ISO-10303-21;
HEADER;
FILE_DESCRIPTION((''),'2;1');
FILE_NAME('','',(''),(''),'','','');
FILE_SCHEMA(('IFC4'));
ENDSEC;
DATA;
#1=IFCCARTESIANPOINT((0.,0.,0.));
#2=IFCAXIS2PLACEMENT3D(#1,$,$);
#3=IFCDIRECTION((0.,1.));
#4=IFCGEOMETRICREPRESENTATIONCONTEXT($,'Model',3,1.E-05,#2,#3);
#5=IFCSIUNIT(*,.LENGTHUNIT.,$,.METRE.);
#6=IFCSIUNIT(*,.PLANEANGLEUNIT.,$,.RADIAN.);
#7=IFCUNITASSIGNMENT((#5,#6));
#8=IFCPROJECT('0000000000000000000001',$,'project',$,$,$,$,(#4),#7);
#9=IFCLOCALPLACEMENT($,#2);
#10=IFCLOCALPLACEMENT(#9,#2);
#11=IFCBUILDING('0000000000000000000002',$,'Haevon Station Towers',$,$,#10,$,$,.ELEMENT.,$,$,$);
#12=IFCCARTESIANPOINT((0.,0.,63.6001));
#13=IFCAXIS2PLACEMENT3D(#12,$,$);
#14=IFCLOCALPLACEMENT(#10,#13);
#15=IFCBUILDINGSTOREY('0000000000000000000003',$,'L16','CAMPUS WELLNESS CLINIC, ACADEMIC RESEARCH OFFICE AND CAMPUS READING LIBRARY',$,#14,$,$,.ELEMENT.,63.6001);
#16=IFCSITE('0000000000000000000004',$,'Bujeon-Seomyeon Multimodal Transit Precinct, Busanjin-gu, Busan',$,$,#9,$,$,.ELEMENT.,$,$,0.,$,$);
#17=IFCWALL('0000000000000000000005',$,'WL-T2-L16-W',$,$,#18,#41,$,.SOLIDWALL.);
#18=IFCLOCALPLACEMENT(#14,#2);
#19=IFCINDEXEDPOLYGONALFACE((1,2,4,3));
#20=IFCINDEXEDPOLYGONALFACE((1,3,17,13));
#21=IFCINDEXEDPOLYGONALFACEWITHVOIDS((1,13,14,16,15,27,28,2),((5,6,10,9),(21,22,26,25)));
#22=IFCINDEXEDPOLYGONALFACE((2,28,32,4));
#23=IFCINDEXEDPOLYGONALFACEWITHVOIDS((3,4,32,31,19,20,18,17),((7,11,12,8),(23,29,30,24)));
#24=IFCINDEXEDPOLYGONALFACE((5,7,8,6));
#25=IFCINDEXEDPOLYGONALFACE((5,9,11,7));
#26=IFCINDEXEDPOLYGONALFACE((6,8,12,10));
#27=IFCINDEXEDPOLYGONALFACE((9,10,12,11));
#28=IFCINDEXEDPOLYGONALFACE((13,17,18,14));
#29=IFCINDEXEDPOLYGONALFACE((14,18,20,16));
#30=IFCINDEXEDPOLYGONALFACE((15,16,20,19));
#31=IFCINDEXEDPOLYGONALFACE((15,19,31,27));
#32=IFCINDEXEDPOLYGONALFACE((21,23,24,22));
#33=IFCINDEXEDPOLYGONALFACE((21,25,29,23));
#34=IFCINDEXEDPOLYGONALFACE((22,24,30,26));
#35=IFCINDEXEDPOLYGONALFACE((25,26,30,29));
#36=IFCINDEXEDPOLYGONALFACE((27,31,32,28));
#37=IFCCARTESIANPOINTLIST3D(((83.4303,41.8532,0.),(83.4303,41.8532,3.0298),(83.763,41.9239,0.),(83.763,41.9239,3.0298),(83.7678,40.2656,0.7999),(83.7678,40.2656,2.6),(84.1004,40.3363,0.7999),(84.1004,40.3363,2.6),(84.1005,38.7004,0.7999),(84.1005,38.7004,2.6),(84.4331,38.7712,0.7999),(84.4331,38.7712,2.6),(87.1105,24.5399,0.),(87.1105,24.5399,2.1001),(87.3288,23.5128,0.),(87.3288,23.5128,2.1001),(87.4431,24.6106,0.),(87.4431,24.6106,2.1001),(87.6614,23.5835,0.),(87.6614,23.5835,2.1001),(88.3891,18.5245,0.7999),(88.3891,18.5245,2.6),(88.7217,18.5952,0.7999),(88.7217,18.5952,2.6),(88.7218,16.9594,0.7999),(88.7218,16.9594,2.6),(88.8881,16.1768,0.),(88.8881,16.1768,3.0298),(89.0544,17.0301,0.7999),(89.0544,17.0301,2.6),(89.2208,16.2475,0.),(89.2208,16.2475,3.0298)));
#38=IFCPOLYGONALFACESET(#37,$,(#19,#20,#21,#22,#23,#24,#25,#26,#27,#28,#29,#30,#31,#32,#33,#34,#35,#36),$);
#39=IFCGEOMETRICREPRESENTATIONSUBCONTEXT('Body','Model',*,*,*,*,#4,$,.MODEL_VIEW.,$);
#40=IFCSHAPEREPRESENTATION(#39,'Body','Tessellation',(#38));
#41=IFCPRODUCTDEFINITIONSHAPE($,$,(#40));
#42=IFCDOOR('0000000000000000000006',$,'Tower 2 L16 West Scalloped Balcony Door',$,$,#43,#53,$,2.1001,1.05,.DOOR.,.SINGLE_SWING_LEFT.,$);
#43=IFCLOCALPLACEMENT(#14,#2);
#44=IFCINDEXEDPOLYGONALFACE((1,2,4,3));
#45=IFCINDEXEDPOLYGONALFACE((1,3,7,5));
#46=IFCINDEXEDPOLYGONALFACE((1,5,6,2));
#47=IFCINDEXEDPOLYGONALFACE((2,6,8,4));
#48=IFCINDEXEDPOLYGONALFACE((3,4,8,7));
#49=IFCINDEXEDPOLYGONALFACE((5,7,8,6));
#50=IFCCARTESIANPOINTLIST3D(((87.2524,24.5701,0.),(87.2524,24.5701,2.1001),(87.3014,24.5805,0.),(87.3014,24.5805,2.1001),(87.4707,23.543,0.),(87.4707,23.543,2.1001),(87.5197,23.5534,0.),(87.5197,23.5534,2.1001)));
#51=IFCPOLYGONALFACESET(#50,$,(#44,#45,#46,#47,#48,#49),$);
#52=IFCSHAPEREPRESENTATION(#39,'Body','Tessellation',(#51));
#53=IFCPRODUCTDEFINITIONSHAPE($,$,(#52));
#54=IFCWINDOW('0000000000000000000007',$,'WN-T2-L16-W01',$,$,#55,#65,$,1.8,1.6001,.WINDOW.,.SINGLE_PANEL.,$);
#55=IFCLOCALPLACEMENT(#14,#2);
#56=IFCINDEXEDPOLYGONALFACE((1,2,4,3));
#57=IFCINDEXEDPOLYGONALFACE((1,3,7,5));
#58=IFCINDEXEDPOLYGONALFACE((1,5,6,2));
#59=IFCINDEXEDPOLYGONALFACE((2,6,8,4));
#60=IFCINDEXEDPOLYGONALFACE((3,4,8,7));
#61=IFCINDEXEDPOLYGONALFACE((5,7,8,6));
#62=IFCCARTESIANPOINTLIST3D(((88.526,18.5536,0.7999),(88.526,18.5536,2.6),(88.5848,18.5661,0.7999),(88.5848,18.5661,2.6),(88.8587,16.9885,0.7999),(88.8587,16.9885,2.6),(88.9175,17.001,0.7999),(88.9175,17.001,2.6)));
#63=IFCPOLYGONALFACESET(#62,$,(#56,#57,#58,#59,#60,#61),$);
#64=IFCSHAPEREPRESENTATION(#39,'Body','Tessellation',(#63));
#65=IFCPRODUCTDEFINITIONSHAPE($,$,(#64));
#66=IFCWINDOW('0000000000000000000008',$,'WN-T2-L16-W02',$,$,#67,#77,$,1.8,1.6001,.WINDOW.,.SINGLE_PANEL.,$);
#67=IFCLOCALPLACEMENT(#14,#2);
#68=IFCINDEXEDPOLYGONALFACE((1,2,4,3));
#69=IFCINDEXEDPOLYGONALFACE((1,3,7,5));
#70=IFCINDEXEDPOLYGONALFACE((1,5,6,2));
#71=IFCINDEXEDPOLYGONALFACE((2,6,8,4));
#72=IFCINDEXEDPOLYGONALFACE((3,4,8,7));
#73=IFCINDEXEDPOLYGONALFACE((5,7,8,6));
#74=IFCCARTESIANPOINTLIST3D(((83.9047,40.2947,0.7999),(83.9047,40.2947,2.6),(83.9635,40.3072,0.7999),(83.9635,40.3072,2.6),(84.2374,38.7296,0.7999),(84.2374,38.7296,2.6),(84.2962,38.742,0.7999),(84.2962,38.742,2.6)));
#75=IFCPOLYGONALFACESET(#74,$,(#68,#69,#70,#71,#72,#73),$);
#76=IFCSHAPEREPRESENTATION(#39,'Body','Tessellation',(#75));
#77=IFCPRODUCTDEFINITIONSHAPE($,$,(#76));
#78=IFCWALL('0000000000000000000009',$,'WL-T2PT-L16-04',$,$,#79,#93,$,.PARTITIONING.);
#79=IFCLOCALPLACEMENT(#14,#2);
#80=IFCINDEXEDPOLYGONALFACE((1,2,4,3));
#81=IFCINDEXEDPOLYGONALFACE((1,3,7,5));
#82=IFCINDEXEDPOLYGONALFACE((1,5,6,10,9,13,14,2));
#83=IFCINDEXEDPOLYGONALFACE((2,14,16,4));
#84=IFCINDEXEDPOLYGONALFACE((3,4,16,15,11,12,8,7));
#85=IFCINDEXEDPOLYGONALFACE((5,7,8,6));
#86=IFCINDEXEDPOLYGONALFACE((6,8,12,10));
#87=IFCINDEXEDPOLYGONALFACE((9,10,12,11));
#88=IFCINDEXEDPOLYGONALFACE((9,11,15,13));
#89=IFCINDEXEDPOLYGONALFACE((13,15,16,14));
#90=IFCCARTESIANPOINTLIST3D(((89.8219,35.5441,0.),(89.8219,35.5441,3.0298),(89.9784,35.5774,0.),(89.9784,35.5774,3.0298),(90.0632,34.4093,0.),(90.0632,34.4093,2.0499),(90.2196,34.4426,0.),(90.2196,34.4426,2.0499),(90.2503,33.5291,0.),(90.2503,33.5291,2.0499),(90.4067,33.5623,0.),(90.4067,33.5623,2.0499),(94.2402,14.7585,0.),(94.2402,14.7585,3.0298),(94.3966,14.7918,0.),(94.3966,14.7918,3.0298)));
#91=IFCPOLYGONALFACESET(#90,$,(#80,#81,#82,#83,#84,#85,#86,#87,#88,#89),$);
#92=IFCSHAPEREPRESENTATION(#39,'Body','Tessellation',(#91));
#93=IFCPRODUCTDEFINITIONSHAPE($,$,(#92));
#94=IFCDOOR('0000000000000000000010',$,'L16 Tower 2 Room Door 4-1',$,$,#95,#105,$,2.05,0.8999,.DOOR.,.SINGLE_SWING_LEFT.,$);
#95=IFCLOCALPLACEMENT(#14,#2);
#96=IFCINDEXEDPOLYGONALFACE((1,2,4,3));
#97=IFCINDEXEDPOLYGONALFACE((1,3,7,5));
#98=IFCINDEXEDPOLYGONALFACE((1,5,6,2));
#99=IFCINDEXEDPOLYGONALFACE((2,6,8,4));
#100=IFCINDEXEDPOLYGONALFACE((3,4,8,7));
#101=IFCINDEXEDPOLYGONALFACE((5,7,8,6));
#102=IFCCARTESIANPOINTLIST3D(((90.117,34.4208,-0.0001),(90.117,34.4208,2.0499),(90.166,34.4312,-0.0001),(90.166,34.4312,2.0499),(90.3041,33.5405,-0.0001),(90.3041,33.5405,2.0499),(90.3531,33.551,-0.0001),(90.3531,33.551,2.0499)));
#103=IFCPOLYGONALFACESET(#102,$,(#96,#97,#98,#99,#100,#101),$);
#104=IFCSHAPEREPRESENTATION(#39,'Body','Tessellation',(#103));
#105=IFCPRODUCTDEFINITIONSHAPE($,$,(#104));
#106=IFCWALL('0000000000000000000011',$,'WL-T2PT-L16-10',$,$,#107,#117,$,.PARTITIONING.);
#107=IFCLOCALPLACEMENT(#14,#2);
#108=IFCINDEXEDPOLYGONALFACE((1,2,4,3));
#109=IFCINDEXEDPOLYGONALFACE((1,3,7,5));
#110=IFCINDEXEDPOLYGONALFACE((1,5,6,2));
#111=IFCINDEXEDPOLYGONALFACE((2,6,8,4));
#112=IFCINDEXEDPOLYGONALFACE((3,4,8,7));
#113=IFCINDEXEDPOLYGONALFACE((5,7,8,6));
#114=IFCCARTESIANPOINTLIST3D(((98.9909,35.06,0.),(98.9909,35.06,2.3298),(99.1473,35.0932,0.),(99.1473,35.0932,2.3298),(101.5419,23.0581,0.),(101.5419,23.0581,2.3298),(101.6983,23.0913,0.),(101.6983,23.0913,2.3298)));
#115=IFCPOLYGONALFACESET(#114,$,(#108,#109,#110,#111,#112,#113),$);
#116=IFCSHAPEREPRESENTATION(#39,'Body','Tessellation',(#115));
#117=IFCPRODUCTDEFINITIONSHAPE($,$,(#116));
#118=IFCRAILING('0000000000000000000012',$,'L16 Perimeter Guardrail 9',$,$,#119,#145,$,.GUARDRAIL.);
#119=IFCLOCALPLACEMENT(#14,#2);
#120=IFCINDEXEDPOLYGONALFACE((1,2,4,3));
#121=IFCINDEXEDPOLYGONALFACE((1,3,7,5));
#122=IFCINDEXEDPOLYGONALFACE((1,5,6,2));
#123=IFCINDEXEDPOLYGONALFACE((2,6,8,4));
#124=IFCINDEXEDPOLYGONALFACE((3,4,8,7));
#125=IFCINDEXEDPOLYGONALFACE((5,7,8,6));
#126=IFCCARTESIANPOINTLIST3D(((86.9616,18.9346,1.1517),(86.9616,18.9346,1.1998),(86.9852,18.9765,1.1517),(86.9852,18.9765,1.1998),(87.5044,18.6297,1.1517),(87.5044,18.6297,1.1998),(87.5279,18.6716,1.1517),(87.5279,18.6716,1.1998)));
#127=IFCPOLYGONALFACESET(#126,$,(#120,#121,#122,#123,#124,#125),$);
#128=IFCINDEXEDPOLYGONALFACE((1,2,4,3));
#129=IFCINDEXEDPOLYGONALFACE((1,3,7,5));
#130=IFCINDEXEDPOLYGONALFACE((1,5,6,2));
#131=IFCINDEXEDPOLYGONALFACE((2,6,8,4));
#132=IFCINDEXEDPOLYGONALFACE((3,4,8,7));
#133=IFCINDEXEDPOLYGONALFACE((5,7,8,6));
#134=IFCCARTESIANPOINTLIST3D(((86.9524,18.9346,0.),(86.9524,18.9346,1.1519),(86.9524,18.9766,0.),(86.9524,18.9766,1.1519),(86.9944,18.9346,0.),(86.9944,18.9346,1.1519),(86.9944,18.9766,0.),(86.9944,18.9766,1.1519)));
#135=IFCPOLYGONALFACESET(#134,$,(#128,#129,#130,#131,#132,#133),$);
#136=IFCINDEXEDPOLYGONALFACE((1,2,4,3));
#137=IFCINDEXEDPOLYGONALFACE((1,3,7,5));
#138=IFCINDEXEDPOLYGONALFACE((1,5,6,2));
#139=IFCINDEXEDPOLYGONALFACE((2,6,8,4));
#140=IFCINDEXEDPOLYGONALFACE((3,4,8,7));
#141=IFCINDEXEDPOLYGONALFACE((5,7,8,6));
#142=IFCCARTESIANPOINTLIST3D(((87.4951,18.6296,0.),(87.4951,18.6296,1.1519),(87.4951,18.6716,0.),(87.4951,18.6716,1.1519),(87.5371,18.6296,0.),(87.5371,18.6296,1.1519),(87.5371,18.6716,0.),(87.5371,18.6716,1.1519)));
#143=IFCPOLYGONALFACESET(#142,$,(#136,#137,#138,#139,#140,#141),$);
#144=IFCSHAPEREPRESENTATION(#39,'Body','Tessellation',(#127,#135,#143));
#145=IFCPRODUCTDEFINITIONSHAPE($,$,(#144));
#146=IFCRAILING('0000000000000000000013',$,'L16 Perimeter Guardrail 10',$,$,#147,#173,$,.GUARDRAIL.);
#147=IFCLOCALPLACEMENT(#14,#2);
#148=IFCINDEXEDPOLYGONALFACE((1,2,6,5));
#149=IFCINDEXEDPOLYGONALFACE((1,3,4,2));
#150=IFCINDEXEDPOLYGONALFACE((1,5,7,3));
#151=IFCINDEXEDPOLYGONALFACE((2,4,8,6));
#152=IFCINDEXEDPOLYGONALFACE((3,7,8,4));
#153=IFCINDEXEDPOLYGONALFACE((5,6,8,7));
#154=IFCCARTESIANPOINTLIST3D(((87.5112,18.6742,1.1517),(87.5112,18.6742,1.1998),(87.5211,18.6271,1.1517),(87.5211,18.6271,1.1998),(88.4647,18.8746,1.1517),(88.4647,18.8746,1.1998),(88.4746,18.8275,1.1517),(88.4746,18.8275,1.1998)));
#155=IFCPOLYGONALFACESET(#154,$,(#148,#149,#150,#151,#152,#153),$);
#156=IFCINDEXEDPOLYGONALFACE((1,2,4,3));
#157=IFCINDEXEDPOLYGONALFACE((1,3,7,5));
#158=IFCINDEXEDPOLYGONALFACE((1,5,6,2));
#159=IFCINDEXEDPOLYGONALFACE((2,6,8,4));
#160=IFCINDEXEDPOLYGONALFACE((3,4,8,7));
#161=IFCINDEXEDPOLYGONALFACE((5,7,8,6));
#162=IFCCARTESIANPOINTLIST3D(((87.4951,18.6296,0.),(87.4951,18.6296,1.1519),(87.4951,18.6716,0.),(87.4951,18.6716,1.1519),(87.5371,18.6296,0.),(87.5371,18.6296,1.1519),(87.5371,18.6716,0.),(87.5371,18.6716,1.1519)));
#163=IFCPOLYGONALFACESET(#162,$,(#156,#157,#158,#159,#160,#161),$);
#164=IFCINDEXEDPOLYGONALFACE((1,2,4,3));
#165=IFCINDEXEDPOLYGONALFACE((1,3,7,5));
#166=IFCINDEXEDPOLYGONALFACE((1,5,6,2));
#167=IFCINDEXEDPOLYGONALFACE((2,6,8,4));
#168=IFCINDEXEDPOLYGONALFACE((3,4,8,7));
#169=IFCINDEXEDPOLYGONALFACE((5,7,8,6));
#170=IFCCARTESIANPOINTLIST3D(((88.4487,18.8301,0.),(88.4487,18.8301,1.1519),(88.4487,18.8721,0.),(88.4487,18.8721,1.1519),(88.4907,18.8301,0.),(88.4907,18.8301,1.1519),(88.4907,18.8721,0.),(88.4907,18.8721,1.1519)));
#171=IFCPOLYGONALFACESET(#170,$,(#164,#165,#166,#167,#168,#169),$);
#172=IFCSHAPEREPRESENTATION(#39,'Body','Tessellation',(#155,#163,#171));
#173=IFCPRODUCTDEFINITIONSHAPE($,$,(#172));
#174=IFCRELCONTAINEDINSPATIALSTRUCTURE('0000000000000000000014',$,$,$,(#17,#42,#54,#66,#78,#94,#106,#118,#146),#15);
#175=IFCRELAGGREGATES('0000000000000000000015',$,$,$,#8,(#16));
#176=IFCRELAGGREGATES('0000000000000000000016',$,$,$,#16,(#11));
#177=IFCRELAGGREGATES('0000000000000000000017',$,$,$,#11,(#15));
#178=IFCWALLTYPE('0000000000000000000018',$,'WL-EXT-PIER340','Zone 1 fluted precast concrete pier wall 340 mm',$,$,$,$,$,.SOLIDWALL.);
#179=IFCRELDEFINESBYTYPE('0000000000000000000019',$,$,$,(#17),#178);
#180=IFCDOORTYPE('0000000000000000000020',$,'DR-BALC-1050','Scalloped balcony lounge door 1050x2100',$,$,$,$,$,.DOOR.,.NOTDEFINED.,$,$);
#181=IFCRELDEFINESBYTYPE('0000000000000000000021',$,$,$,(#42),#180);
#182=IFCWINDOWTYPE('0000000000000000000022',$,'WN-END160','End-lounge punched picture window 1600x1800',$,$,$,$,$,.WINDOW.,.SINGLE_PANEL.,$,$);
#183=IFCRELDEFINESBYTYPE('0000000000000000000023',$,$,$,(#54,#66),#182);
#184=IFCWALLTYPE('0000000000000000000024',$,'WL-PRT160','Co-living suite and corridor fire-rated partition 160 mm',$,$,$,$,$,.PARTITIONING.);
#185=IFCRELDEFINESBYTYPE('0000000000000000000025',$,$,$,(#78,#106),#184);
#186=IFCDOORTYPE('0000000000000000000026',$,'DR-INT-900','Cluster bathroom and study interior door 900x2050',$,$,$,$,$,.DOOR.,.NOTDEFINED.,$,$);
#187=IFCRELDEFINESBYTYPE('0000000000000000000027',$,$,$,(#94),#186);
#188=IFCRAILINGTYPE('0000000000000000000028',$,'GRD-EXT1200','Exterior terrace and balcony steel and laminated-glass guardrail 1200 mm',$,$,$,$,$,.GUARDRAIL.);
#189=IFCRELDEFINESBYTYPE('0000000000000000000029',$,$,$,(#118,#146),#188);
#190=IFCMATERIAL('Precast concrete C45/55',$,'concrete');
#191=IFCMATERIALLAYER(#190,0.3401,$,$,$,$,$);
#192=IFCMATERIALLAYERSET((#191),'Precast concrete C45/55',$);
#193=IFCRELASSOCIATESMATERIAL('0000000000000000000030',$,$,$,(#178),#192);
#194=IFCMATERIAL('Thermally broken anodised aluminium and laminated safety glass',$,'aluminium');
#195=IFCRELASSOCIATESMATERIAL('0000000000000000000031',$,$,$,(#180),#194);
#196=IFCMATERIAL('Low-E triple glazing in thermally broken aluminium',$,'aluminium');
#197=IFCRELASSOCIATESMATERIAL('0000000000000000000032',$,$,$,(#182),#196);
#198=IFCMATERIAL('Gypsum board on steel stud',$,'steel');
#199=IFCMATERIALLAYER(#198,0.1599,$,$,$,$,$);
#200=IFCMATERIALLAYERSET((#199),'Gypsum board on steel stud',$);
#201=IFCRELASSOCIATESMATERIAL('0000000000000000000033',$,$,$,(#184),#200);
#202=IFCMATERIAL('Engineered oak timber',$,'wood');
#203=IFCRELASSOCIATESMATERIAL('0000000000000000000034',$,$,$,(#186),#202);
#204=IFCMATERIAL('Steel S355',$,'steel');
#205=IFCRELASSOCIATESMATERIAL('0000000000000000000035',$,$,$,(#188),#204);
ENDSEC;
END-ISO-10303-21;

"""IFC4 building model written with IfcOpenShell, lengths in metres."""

from ifc_helpers import new_model, si_unit, direction, frame, frame_2d, origin, origin_2d, place, context, subcontext, project, spatial, rectangle, extrude, material, layer, layer_set, type_object, element, fill, save


model = new_model("IFC4")

# Units and contexts
model_context = context("Model", 3, precision=1e-05, world=origin(), true_north=direction((0.0, 1.0)))
body_context = subcontext(model_context, "Body", "Model", "MODEL_VIEW")
ifc_project = project(units=[si_unit("LENGTHUNIT", "METRE"), si_unit("PLANEANGLEUNIT", "RADIAN")], contexts=[model_context])

# Site, building, storey
site_placement = place(None, origin())
site = spatial("IfcSite", under=ifc_project, at=site_placement, Name="Bujeon-Seomyeon Multimodal Transit Precinct, Busanjin-gu, Busan", CompositionType="ELEMENT", RefElevation=0.0)
building_placement = place(site_placement, origin())
building = spatial("IfcBuilding", under=site, at=building_placement, Name="Haevon Station Towers", CompositionType="ELEMENT")
storey_placement = place(building_placement, frame((0.0, 0.0, 63.6001)))
storey = spatial("IfcBuildingStorey", under=building, at=storey_placement, Name="L16", Description="CAMPUS WELLNESS CLINIC, ACADEMIC RESEARCH OFFICE AND CAMPUS READING LIBRARY", CompositionType="ELEMENT", Elevation=63.6001)

# Shared definitions
ifc_material_1 = material(Name="Steel S355", Category="steel")

# Shared definitions
ifc_material_2 = material(Name="Precast concrete C45/55", Category="concrete")
ifc_layer_1 = layer(ifc_material_2, 0.3401)
ifc_layer_set_1 = layer_set([ifc_layer_1], Name="Precast concrete C45/55")
wall_type_1 = type_object("IfcWallType", Name="WL-EXT-PIER340", Description="Zone 1 fluted precast concrete pier wall 340 mm", PredefinedType="SOLIDWALL", material=ifc_layer_set_1)

# Wall, openings, door, windows
wall_1_placement = place(storey_placement, frame((89.0544, 16.2122, 0.0), z_axis=(0.0, 0.0, 1.0), x_axis=(-0.207915, 0.978147, 0.0)))
wall_1 = element("IfcWall", 1, at=wall_1_placement, inside=storey, type_object=wall_type_1, Name="WL-T2-L16-W", PredefinedType="SOLIDWALL", context=body_context, shape_type="SweptSolid", body=[
    extrude(rectangle(XDim=26.25, YDim=0.3401, at=frame_2d((13.125, 0.0))), origin(), (0.0, 0.0, 1.0), 3.0298),
])
opening_1_placement = place(wall_1_placement, frame((7.5, 0.0, 0.0)))
opening_1 = element("IfcOpeningElement", 2, at=opening_1_placement, cuts=wall_1, PredefinedType="OPENING", context=body_context, shape_type="SweptSolid", body=[
    extrude(rectangle(XDim=1.05, YDim=2.1001, at=frame_2d((0.5249, 1.05))), frame((0.0, 0.1799, 0.0), z_axis=(0.0, -1.0, 0.0), x_axis=(1.0, 0.0, 0.0)), (0.0, 0.0, 1.0), 0.3601),
])
opening_2_placement = place(wall_1_placement, frame((0.8, 0.0, 0.8)))
opening_2 = element("IfcOpeningElement", 3, at=opening_2_placement, cuts=wall_1, PredefinedType="OPENING", context=body_context, shape_type="SweptSolid", body=[
    extrude(rectangle(XDim=1.6001, YDim=1.8, at=frame_2d((0.8, 0.8999))), frame((0.0, 0.1799, 0.0), z_axis=(0.0, -1.0, 0.0), x_axis=(1.0, 0.0, 0.0)), (0.0, 0.0, 1.0), 0.3601),
])
opening_3_placement = place(wall_1_placement, frame((23.0269, 0.0, 0.8)))
opening_3 = element("IfcOpeningElement", 4, at=opening_3_placement, cuts=wall_1, PredefinedType="OPENING", context=body_context, shape_type="SweptSolid", body=[
    extrude(rectangle(XDim=1.6001, YDim=1.8, at=frame_2d((0.8, 0.8999))), frame((0.0, 0.1799, 0.0), z_axis=(0.0, -1.0, 0.0), x_axis=(1.0, 0.0, 0.0)), (0.0, 0.0, 1.0), 0.3601),
])
ifc_material_3 = material(Name="Thermally broken anodised aluminium and laminated safety glass", Category="aluminium")
door_type_1 = type_object("IfcDoorType", Name="DR-BALC-1050", Description="Scalloped balcony lounge door 1050x2100", OperationType="NOTDEFINED", PredefinedType="DOOR", material=ifc_material_3)
door_1_placement = place(opening_1_placement, origin())
door_1 = element("IfcDoor", 5, at=door_1_placement, inside=storey, type_object=door_type_1, Name="Tower 2 L16 West Scalloped Balcony Door", OperationType="SINGLE_SWING_LEFT", OverallHeight=2.1001, OverallWidth=1.05, PredefinedType="DOOR", context=body_context, shape_type="SweptSolid", body=[
    extrude(rectangle(XDim=1.05, YDim=2.1001, at=frame_2d((0.5249, 1.05))), frame((0.0, 0.0249, 0.0), z_axis=(0.0, -1.0, 0.0), x_axis=(1.0, 0.0, 0.0)), (0.0, 0.0, 1.0), 0.05),
])
fill(opening_1, door_1)
ifc_material_4 = material(Name="Low-E triple glazing in thermally broken aluminium", Category="aluminium")
window_type = type_object("IfcWindowType", Name="WN-END160", Description="End-lounge punched picture window 1600x1800", PartitioningType="SINGLE_PANEL", PredefinedType="WINDOW", material=ifc_material_4)
window_1_placement = place(opening_2_placement, origin())
window_1 = element("IfcWindow", 6, at=window_1_placement, inside=storey, type_object=window_type, Name="WN-T2-L16-W01", OverallHeight=1.8, OverallWidth=1.6001, PartitioningType="SINGLE_PANEL", PredefinedType="WINDOW", context=body_context, shape_type="SweptSolid", body=[
    extrude(rectangle(XDim=1.6001, YDim=1.8, at=frame_2d((0.8, 0.8999))), frame((0.0, 0.03, 0.0), z_axis=(0.0, -1.0, 0.0), x_axis=(1.0, 0.0, 0.0)), (0.0, 0.0, 1.0), 0.0601),
])
fill(opening_2, window_1)
window_2_placement = place(opening_3_placement, origin())
window_2 = element("IfcWindow", 7, at=window_2_placement, inside=storey, type_object=window_type, Name="WN-T2-L16-W02", OverallHeight=1.8, OverallWidth=1.6001, PartitioningType="SINGLE_PANEL", PredefinedType="WINDOW", context=body_context, shape_type="SweptSolid", body=[
    extrude(rectangle(XDim=1.6001, YDim=1.8, at=frame_2d((0.8, 0.8999))), frame((0.0, 0.03, 0.0), z_axis=(0.0, -1.0, 0.0), x_axis=(1.0, 0.0, 0.0)), (0.0, 0.0, 1.0), 0.0601),
])
fill(opening_3, window_2)

# Wall, opening, door
ifc_material_5 = material(Name="Gypsum board on steel stud", Category="steel")
ifc_layer_2 = layer(ifc_material_5, 0.1599)
ifc_layer_set_2 = layer_set([ifc_layer_2], Name="Gypsum board on steel stud")
wall_type_2 = type_object("IfcWallType", Name="WL-PRT160", Description="Co-living suite and corridor fire-rated partition 160 mm", PredefinedType="PARTITIONING", material=ifc_layer_set_2)
wall_2_placement = place(storey_placement, frame((94.3184, 14.7751, 0.0), z_axis=(0.0, 0.0, 1.0), x_axis=(-0.207916, 0.978147, 0.0)))
wall_2 = element("IfcWall", 8, at=wall_2_placement, inside=storey, type_object=wall_type_2, Name="WL-T2PT-L16-04", PredefinedType="PARTITIONING", context=body_context, shape_type="SweptSolid", body=[
    extrude(rectangle(XDim=21.25, YDim=0.1599, at=frame_2d((10.625, 0.0))), origin(), (0.0, 0.0, 1.0), 3.0298),
])
opening_4_placement = place(wall_2_placement, frame((19.1899, 0.0, 0.0)))
opening_4 = element("IfcOpeningElement", 9, at=opening_4_placement, cuts=wall_2, PredefinedType="OPENING", context=body_context, shape_type="SweptSolid", body=[
    extrude(rectangle(XDim=0.8999, YDim=2.05, at=frame_2d((0.45, 1.0249))), frame((0.0, 0.0898, 0.0), z_axis=(0.0, -1.0, 0.0), x_axis=(1.0, 0.0, 0.0)), (0.0, 0.0, 1.0), 0.1799),
])
ifc_material_6 = material(Name="Engineered oak timber", Category="wood")
door_type_2 = type_object("IfcDoorType", Name="DR-INT-900", Description="Cluster bathroom and study interior door 900x2050", OperationType="NOTDEFINED", PredefinedType="DOOR", material=ifc_material_6)
door_2_placement = place(opening_4_placement, origin())
door_2 = element("IfcDoor", 10, at=door_2_placement, inside=storey, type_object=door_type_2, Name="L16 Tower 2 Room Door 4-1", OperationType="SINGLE_SWING_LEFT", OverallHeight=2.05, OverallWidth=0.8999, PredefinedType="DOOR", context=body_context, shape_type="SweptSolid", body=[
    extrude(rectangle(XDim=0.8999, YDim=2.05, at=frame_2d((0.45, 1.0249))), frame((0.0, 0.0249, 0.0), z_axis=(0.0, -1.0, 0.0), x_axis=(1.0, 0.0, 0.0)), (0.0, 0.0, 1.0), 0.05),
])
fill(opening_4, door_2)

# Wall
wall_3_placement = place(storey_placement, frame((101.6201, 23.0747, 0.0), z_axis=(0.0, 0.0, 1.0), x_axis=(-0.207906, 0.978149, 0.0)))
element("IfcWall", 11, at=wall_3_placement, inside=storey, type_object=wall_type_2, Name="WL-T2PT-L16-10", PredefinedType="PARTITIONING", context=body_context, shape_type="SweptSolid", body=[
    extrude(rectangle(XDim=12.27, YDim=0.1599, at=frame_2d((6.135, 0.0))), origin(), (0.0, 0.0, 1.0), 2.3298),
])

# Railings
railing_type = type_object("IfcRailingType", Name="GRD-EXT1200", Description="Exterior terrace and balcony steel and laminated-glass guardrail 1200 mm", PredefinedType="GUARDRAIL", material=ifc_material_1)
railing_1_placement = place(storey_placement, frame((86.9734, 18.9556, 0.0)))
element("IfcRailing", 12, at=railing_1_placement, inside=storey, type_object=railing_type, Name="L16 Perimeter Guardrail 9", PredefinedType="GUARDRAIL", context=body_context, shape_type="SweptSolid", body=[
    extrude(rectangle(XDim=0.0481, YDim=0.0481, at=origin_2d()), frame((0.0, 0.0, 1.1758), z_axis=(0.871816, -0.489833, 0.0), x_axis=(0.489833, 0.871816, 0.0)), (0.0, 0.0, 1.0), 0.6226),
    extrude(rectangle(XDim=0.042, YDim=0.042, at=origin_2d()), origin(), (0.0, 0.0, 1.0), 1.1519),
    extrude(rectangle(XDim=0.042, YDim=0.042, at=origin_2d()), frame((0.5427, -0.3049, 0.0)), (0.0, 0.0, 1.0), 1.1519),
])
railing_2_placement = place(storey_placement, frame((87.5161, 18.6506, 0.0)))
element("IfcRailing", 13, at=railing_2_placement, inside=storey, type_object=railing_type, Name="L16 Perimeter Guardrail 10", PredefinedType="GUARDRAIL", context=body_context, shape_type="SweptSolid", body=[
    extrude(rectangle(XDim=0.0481, YDim=0.0481, at=origin_2d()), frame((0.0, 0.0, 1.1758), z_axis=(0.978616, 0.205695, 0.0), x_axis=(-0.205695, 0.978616, 0.0)), (0.0, 0.0, 1.0), 0.9744),
    extrude(rectangle(XDim=0.042, YDim=0.042, at=origin_2d()), origin(), (0.0, 0.0, 1.0), 1.1519),
    extrude(rectangle(XDim=0.042, YDim=0.042, at=origin_2d()), frame((0.9536, 0.2004, 0.0)), (0.0, 0.0, 1.0), 1.1519),
])

save(model, "model.ifc")
